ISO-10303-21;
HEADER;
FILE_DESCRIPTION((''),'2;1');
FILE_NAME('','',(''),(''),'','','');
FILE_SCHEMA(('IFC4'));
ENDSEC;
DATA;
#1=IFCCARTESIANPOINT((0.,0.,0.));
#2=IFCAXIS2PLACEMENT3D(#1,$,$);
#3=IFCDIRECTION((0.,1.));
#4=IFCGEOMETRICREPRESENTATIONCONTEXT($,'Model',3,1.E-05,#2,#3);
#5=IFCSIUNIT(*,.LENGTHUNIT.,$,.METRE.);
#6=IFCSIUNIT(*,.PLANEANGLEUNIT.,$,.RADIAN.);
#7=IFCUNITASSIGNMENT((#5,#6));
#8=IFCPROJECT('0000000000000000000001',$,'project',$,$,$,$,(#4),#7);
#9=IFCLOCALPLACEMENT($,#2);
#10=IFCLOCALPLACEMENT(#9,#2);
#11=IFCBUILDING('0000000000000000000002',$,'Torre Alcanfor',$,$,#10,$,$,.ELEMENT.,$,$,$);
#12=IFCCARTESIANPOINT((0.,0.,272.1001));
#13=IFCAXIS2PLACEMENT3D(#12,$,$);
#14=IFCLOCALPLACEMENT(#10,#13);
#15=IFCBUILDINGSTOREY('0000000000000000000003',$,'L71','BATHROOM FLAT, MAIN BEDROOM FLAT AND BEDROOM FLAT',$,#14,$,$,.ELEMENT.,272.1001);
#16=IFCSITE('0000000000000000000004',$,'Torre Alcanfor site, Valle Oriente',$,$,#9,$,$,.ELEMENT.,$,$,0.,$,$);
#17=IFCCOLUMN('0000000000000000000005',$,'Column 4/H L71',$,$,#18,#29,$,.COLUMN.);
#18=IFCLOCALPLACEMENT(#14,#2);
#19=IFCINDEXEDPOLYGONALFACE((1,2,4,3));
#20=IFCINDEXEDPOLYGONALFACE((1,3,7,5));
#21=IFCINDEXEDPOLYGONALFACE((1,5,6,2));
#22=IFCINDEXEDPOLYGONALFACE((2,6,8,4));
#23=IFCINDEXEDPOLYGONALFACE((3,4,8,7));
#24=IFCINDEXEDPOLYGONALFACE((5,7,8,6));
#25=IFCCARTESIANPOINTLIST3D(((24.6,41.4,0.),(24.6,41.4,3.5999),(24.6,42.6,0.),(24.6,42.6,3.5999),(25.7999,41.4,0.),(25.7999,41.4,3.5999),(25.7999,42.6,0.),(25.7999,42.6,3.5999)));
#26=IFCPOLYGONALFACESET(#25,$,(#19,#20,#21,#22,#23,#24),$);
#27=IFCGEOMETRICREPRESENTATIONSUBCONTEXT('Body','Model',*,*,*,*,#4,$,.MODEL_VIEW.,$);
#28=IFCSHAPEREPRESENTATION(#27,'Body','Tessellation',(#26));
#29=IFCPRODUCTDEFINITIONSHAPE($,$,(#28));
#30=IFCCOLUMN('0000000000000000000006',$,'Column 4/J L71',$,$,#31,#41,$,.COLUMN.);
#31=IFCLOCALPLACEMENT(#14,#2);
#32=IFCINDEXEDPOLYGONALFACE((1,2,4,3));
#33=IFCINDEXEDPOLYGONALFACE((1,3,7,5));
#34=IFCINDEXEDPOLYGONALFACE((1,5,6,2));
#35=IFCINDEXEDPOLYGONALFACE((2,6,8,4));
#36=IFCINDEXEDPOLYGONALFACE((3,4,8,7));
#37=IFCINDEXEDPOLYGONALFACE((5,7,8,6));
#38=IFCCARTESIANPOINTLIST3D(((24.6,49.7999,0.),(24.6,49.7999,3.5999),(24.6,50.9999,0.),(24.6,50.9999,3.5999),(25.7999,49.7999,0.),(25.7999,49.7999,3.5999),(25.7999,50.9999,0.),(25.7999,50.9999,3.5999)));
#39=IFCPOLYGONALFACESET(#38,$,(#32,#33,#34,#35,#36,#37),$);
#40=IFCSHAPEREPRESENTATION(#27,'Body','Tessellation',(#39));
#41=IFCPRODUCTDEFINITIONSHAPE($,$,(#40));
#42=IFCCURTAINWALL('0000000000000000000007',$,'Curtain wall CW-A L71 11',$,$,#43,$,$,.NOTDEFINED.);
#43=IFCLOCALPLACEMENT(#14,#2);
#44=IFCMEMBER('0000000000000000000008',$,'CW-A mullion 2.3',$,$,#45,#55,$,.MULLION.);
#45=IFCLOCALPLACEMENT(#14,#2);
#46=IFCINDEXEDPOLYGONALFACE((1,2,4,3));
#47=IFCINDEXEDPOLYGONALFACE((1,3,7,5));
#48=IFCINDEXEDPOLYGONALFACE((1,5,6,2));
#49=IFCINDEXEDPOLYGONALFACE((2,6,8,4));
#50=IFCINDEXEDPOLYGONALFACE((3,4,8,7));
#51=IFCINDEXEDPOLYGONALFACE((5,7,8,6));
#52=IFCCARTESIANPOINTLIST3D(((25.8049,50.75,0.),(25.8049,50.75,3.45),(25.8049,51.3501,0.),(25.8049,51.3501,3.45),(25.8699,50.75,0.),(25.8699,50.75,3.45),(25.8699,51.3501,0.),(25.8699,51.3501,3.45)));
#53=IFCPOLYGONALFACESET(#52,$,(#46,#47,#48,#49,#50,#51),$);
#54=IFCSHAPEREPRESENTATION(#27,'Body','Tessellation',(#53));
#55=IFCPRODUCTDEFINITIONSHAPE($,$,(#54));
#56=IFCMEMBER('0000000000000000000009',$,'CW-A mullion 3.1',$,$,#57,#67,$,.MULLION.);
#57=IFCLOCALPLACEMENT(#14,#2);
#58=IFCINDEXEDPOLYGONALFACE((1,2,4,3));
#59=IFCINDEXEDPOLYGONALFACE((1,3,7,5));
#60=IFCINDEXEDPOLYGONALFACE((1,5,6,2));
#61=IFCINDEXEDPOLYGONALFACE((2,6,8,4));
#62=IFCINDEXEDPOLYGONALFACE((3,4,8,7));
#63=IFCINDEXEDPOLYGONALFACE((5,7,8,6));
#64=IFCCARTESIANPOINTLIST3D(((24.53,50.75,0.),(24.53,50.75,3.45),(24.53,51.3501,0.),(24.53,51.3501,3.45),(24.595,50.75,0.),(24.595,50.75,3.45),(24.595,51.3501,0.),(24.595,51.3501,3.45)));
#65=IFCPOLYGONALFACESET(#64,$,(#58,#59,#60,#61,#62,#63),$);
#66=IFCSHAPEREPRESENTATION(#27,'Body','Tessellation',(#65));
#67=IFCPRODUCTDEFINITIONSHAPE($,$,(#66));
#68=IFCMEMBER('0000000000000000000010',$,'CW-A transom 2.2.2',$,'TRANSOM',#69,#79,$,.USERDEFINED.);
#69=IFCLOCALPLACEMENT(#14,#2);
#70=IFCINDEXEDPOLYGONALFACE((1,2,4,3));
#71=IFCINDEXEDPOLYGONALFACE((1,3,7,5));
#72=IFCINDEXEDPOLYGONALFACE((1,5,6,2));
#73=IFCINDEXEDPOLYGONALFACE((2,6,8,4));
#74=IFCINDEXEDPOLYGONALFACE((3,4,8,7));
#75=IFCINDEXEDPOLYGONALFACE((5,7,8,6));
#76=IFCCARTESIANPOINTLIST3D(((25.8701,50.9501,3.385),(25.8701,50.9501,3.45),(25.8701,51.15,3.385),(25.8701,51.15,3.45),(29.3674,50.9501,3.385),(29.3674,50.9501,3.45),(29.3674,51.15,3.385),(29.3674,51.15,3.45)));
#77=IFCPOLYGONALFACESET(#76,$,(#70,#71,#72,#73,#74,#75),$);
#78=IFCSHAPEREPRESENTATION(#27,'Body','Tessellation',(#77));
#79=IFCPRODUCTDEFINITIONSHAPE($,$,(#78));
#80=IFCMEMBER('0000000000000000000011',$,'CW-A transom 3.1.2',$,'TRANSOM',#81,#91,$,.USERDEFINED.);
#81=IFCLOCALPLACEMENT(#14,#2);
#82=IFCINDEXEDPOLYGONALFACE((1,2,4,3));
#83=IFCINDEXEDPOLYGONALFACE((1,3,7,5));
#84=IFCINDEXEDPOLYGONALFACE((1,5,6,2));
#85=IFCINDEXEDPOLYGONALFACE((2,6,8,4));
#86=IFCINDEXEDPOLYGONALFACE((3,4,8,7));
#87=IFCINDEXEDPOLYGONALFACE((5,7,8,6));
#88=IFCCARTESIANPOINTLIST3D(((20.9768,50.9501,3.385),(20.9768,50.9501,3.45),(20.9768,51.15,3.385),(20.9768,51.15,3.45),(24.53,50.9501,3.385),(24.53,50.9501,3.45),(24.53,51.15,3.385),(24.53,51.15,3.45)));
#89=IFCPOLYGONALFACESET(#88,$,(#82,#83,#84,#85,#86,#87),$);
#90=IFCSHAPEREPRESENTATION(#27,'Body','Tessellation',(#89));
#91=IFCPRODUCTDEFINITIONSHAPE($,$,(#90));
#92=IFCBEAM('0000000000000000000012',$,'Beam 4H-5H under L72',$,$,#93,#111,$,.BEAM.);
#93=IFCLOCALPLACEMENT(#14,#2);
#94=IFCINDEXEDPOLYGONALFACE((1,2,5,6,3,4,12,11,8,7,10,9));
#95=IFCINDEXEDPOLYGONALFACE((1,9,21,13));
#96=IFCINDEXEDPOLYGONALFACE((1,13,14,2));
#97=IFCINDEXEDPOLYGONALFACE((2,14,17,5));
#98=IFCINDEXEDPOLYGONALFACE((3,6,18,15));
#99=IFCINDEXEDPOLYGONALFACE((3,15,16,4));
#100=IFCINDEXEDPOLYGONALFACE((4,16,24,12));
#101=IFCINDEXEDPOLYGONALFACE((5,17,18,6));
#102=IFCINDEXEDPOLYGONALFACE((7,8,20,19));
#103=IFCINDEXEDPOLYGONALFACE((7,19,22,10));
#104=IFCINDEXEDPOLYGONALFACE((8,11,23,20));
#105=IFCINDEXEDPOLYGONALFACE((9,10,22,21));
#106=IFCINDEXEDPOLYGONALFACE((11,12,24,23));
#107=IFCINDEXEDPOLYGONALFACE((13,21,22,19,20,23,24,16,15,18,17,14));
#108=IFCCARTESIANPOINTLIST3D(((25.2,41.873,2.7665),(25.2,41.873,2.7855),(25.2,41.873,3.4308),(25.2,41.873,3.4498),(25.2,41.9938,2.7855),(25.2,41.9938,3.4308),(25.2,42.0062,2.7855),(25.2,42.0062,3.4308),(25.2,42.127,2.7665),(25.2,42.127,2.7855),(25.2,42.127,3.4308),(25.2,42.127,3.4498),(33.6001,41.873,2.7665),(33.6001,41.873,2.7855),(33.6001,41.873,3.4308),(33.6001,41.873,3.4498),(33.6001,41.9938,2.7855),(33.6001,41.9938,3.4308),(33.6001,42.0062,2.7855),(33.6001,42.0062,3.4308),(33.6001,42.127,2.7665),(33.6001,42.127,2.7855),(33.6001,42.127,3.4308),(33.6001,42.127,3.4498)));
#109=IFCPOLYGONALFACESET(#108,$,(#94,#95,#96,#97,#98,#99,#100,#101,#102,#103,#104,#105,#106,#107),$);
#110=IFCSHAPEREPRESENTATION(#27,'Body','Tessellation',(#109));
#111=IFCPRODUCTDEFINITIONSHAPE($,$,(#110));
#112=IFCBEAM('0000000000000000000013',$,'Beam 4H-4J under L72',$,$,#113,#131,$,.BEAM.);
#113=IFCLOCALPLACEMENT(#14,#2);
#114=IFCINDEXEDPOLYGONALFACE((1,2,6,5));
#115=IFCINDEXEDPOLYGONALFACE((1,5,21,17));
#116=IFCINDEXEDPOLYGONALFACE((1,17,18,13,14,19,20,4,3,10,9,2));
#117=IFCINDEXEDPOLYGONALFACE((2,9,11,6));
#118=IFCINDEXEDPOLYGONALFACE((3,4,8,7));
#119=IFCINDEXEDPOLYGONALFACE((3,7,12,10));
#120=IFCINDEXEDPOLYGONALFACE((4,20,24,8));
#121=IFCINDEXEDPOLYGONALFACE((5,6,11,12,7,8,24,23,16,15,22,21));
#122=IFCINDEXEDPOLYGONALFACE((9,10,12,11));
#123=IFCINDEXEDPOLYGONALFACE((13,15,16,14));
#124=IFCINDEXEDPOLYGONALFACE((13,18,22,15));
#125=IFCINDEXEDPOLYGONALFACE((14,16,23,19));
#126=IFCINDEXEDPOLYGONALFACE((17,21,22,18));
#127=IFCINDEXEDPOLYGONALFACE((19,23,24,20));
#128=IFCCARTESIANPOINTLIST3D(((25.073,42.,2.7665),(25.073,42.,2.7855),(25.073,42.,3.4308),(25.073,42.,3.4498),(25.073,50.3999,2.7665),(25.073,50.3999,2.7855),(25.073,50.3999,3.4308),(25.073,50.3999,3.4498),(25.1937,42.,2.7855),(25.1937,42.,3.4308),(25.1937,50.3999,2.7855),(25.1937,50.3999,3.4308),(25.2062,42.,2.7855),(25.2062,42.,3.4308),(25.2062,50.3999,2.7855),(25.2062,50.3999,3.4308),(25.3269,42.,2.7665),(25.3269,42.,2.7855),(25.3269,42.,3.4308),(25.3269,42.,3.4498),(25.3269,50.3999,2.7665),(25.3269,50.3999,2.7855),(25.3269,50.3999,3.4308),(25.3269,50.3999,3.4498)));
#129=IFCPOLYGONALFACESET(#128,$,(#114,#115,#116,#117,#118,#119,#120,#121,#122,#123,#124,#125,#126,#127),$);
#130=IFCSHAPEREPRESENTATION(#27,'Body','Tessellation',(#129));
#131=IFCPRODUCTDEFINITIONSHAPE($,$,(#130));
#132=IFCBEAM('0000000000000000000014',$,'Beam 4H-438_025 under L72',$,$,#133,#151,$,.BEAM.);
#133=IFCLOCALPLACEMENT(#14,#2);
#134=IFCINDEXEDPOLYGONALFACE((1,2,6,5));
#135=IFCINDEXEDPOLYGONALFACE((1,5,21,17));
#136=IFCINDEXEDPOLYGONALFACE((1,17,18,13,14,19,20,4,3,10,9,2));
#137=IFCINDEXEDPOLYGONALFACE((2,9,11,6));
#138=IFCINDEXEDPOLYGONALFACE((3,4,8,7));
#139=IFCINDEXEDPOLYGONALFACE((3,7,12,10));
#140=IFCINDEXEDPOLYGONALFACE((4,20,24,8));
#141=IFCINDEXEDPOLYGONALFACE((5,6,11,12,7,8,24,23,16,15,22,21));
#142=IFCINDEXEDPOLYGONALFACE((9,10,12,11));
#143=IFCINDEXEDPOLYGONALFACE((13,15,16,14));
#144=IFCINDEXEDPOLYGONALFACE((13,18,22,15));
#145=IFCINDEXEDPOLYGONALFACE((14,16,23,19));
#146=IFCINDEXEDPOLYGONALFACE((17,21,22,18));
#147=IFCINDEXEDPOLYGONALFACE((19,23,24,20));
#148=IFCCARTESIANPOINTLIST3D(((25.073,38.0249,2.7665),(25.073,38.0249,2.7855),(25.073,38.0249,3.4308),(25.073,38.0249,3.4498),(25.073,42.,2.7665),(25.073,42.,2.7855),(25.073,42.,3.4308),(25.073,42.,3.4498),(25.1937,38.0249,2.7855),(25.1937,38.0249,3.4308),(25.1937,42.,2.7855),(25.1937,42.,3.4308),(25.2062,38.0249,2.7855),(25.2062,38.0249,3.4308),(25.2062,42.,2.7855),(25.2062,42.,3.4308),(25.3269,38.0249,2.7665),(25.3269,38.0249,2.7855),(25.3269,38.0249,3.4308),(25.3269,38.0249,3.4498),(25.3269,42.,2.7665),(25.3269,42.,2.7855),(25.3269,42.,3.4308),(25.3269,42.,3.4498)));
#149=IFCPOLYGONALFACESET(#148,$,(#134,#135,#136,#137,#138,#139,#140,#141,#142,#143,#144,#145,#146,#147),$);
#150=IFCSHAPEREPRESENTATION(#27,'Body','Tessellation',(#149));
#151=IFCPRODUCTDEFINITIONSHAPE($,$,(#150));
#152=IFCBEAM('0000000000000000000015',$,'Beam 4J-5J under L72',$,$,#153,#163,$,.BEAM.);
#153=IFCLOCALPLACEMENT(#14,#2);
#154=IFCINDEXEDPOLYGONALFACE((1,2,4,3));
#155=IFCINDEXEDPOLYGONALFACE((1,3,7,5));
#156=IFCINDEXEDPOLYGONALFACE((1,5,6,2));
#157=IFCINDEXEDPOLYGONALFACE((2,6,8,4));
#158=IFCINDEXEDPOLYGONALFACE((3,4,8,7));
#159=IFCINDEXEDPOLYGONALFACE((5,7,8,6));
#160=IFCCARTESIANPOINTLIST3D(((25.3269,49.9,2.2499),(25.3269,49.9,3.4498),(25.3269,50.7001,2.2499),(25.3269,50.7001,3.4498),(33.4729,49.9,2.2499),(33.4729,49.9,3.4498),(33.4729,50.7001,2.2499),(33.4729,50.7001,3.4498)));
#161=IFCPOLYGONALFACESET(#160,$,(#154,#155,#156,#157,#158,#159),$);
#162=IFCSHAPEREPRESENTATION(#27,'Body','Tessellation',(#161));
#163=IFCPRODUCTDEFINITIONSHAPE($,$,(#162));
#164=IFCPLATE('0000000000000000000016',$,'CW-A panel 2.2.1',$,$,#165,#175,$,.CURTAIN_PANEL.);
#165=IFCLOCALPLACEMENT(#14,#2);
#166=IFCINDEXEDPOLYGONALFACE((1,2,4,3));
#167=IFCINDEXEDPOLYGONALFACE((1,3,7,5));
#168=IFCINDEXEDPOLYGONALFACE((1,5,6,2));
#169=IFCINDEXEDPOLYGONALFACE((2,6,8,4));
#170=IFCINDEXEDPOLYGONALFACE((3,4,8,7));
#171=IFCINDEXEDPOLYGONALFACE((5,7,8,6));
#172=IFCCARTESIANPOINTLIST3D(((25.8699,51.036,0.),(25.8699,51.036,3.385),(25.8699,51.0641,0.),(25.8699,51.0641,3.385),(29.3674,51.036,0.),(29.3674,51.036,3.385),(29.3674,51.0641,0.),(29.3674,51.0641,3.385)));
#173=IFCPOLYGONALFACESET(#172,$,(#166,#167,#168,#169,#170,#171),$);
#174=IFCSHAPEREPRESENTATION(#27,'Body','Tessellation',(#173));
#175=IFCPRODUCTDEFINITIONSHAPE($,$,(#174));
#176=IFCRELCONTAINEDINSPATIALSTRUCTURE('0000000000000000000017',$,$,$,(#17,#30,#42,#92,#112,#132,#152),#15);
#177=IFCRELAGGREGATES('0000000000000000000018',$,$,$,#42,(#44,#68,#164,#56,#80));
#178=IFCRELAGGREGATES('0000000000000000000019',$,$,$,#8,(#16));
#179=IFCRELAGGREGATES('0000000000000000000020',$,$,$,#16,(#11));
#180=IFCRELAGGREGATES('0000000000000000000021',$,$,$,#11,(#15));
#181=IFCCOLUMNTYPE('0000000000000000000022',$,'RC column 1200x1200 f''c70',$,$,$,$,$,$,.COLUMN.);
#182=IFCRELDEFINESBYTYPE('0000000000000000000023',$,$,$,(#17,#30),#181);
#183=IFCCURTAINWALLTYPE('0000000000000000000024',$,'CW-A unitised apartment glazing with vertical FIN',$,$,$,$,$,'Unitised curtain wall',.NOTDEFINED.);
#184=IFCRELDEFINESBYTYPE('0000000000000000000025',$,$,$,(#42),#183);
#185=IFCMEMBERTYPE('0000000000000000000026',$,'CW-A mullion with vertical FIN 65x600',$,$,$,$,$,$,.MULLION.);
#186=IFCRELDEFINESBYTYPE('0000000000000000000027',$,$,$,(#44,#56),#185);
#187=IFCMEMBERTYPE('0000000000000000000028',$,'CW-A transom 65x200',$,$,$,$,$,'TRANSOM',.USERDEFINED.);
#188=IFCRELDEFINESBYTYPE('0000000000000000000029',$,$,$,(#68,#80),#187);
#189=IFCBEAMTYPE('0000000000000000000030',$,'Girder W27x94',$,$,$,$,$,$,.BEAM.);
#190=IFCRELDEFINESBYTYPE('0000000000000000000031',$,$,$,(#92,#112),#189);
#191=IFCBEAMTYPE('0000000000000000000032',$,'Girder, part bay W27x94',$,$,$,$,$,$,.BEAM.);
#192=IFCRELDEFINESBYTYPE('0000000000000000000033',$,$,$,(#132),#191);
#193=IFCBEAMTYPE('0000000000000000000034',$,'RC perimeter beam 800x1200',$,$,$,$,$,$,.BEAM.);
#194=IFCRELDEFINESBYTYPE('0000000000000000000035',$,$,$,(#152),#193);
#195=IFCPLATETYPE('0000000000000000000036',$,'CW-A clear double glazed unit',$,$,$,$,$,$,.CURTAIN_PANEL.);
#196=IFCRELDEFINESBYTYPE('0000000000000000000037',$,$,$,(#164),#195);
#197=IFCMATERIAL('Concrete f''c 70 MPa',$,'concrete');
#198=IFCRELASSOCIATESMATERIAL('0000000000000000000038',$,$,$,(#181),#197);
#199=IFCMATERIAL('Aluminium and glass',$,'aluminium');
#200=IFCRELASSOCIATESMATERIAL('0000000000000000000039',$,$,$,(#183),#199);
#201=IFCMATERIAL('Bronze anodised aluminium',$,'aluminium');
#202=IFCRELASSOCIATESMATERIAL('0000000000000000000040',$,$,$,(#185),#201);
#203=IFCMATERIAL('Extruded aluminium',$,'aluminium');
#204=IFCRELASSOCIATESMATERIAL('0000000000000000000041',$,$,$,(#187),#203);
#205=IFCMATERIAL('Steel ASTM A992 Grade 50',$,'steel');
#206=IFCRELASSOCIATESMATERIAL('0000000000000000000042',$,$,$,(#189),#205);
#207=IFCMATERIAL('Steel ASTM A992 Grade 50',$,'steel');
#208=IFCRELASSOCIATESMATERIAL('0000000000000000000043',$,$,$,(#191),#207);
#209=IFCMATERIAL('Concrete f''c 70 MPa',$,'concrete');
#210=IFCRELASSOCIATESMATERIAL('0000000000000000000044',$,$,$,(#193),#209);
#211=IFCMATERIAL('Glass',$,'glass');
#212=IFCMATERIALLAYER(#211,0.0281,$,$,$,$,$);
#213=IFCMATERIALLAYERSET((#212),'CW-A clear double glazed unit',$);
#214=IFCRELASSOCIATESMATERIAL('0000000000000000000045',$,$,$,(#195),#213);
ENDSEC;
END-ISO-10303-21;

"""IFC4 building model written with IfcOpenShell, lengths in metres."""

from ifc_helpers import new_model, si_unit, direction, frame, origin, origin_2d, place, context, subcontext, project, spatial, rectangle, i_section, extrude, material, layer, layer_set, material_profile, profile_set, type_object, element, aggregate, save


model = new_model("IFC4")

# Units and contexts
model_context = context("Model", 3, precision=1e-05, world=origin(), true_north=direction((0.0, 1.0)))
body_context = subcontext(model_context, "Body", "Model", "MODEL_VIEW")
ifc_project = project(units=[si_unit("LENGTHUNIT", "METRE"), si_unit("PLANEANGLEUNIT", "RADIAN")], contexts=[model_context])

# Site, building, storey
site_placement = place(None, origin())
site = spatial("IfcSite", under=ifc_project, at=site_placement, Name="Torre Alcanfor site, Valle Oriente", CompositionType="ELEMENT", RefElevation=0.0)
building_placement = place(site_placement, origin())
building = spatial("IfcBuilding", under=site, at=building_placement, Name="Torre Alcanfor", CompositionType="ELEMENT")
storey_placement = place(building_placement, frame((0.0, 0.0, 272.1001)))
storey = spatial("IfcBuildingStorey", under=building, at=storey_placement, Name="L71", Description="BATHROOM FLAT, MAIN BEDROOM FLAT AND BEDROOM FLAT", CompositionType="ELEMENT", Elevation=272.1001)

# Columns
ifc_material_1 = material(Name="Concrete f'c 70 MPa", Category="concrete")
ifc_material_profile_1 = material_profile(ifc_material_1, rectangle(XDim=1.2, YDim=1.2, at=origin_2d()), Name="1200x1200")
ifc_profile_set_1 = profile_set([ifc_material_profile_1], Name="Concrete f'c 70 MPa")
column_type = type_object("IfcColumnType", Name="RC column 1200x1200 f'c70", PredefinedType="COLUMN", material=ifc_profile_set_1)
for number, where, z_axis, x_axis, name in (
    (1, (25.2, 42.0, 0.0), (0.0, 0.0, 1.0), (1.0, 0.0, 0.0), "Column 4/H L71"),
    (2, (25.2, 50.3999, 0.0), (0.0, 0.0, 1.0), (1.0, 0.0, 0.0), "Column 4/J L71"),
):
    element("IfcColumn", number, at=place(storey_placement, frame(where, z_axis=z_axis, x_axis=x_axis)), inside=storey, type_object=column_type, Name=name, PredefinedType="COLUMN", context=body_context, shape_type="SweptSolid", body=[
        extrude(rectangle(XDim=1.2, YDim=1.2, at=origin_2d()), origin(), (0.0, 0.0, 1.0), 3.5999),
    ])

# Curtain wall, members
ifc_material_2 = material(Name="Aluminium and glass", Category="aluminium")
curtain_wall_type = type_object("IfcCurtainWallType", Name="CW-A unitised apartment glazing with vertical FIN", ElementType="Unitised curtain wall", PredefinedType="NOTDEFINED", material=ifc_material_2)
curtain_wall_placement = place(storey_placement, origin())
curtain_wall = element("IfcCurtainWall", 3, at=curtain_wall_placement, inside=storey, type_object=curtain_wall_type, Name="Curtain wall CW-A L71 11", PredefinedType="NOTDEFINED")
ifc_material_3 = material(Name="Bronze anodised aluminium", Category="aluminium")
ifc_material_profile_2 = material_profile(ifc_material_3, rectangle(XDim=0.6001, YDim=0.0649, at=origin_2d()), Name="CW-A mullion 65x600")
ifc_profile_set_2 = profile_set([ifc_material_profile_2], Name="Bronze anodised aluminium")
member_type_1 = type_object("IfcMemberType", Name="CW-A mullion with vertical FIN 65x600", PredefinedType="MULLION", material=ifc_profile_set_2)
member_1_placement = place(storey_placement, frame((25.8374, 51.05, 0.0), z_axis=(0.0, 0.0, 1.0), x_axis=(0.0, -1.0, 0.0)))
member_1 = element("IfcMember", 4, at=member_1_placement, type_object=member_type_1, Name="CW-A mullion 2.3", PredefinedType="MULLION", context=body_context, shape_type="SweptSolid", body=[
    extrude(rectangle(XDim=0.6001, YDim=0.0649, at=origin_2d()), origin(), (0.0, 0.0, 1.0), 3.45),
])
member_2_placement = place(storey_placement, frame((24.5625, 51.05, 0.0), z_axis=(0.0, 0.0, 1.0), x_axis=(0.0, -1.0, 0.0)))
member_2 = element("IfcMember", 5, at=member_2_placement, type_object=member_type_1, Name="CW-A mullion 3.1", PredefinedType="MULLION", context=body_context, shape_type="SweptSolid", body=[
    extrude(rectangle(XDim=0.6001, YDim=0.0649, at=origin_2d()), origin(), (0.0, 0.0, 1.0), 3.45),
])
ifc_material_4 = material(Name="Extruded aluminium", Category="aluminium")
ifc_material_profile_3 = material_profile(ifc_material_4, rectangle(XDim=0.2, YDim=0.0649, at=origin_2d()), Name="CW-A transom 200x65")
ifc_profile_set_3 = profile_set([ifc_material_profile_3], Name="Extruded aluminium")
member_type_2 = type_object("IfcMemberType", Name="CW-A transom 65x200", ElementType="TRANSOM", PredefinedType="USERDEFINED", material=ifc_profile_set_3)
member_3_placement = place(storey_placement, frame((29.3674, 51.05, 3.4175), z_axis=(-1.0, 0.0, 0.0), x_axis=(0.0, -1.0, 0.0)))
member_3 = element("IfcMember", 6, at=member_3_placement, type_object=member_type_2, Name="CW-A transom 2.2.2", ObjectType="TRANSOM", PredefinedType="USERDEFINED", context=body_context, shape_type="SweptSolid", body=[
    extrude(rectangle(XDim=0.2, YDim=0.0649, at=origin_2d()), origin(), (0.0, 0.0, 1.0), 3.4973),
])
member_4_placement = place(storey_placement, frame((24.53, 51.05, 3.4175), z_axis=(-1.0, 0.0, 0.0), x_axis=(0.0, -1.0, 0.0)))
member_4 = element("IfcMember", 7, at=member_4_placement, type_object=member_type_2, Name="CW-A transom 3.1.2", ObjectType="TRANSOM", PredefinedType="USERDEFINED", context=body_context, shape_type="SweptSolid", body=[
    extrude(rectangle(XDim=0.2, YDim=0.0649, at=origin_2d()), origin(), (0.0, 0.0, 1.0), 3.5532),
])

# Beams
ifc_material_5 = material(Name="Steel ASTM A992 Grade 50", Category="steel")
ifc_material_profile_4 = material_profile(ifc_material_5, i_section(OverallWidth=0.2539, OverallDepth=0.6833, WebThickness=0.0125, FlangeThickness=0.019, at=origin_2d()), Name="W27x94")
ifc_profile_set_4 = profile_set([ifc_material_profile_4], Name="Steel ASTM A992 Grade 50")
beam_type_1 = type_object("IfcBeamType", Name="Girder W27x94", PredefinedType="BEAM", material=ifc_profile_set_4)
beam_1_placement = place(storey_placement, frame((25.2, 42.0, 3.1082), z_axis=(1.0, 0.0, 0.0), x_axis=(0.0, 1.0, 0.0)))
element("IfcBeam", 8, at=beam_1_placement, inside=storey, type_object=beam_type_1, Name="Beam 4H-5H under L72", PredefinedType="BEAM", context=body_context, shape_type="SweptSolid", body=[
    extrude(i_section(OverallWidth=0.2539, OverallDepth=0.6833, WebThickness=0.0125, FlangeThickness=0.019, at=origin_2d()), origin(), (0.0, 0.0, 1.0), 8.4001),
])
beam_2_placement = place(storey_placement, frame((25.2, 42.0, 3.1082), z_axis=(0.0, 1.0, 0.0), x_axis=(-1.0, 0.0, 0.0)))
element("IfcBeam", 9, at=beam_2_placement, inside=storey, type_object=beam_type_1, Name="Beam 4H-4J under L72", PredefinedType="BEAM", context=body_context, shape_type="SweptSolid", body=[
    extrude(i_section(OverallWidth=0.2539, OverallDepth=0.6833, WebThickness=0.0125, FlangeThickness=0.019, at=origin_2d()), origin(), (0.0, 0.0, 1.0), 8.3999),
])
ifc_material_6 = material(Name="Steel ASTM A992 Grade 50", Category="steel")
ifc_material_profile_5 = material_profile(ifc_material_6, i_section(OverallWidth=0.2539, OverallDepth=0.6833, WebThickness=0.0125, FlangeThickness=0.019, at=origin_2d()), Name="W27x94")
ifc_profile_set_5 = profile_set([ifc_material_profile_5], Name="Steel ASTM A992 Grade 50")
beam_type_2 = type_object("IfcBeamType", Name="Girder, part bay W27x94", PredefinedType="BEAM", material=ifc_profile_set_5)
beam_3_placement = place(storey_placement, frame((25.2, 42.0, 3.1082), z_axis=(0.0, -1.0, 0.0), x_axis=(1.0, 0.0, 0.0)))
element("IfcBeam", 10, at=beam_3_placement, inside=storey, type_object=beam_type_2, Name="Beam 4H-438_025 under L72", PredefinedType="BEAM", context=body_context, shape_type="SweptSolid", body=[
    extrude(i_section(OverallWidth=0.2539, OverallDepth=0.6833, WebThickness=0.0125, FlangeThickness=0.019, at=origin_2d()), origin(), (0.0, 0.0, 1.0), 3.9751),
])
ifc_material_7 = material(Name="Concrete f'c 70 MPa", Category="concrete")
ifc_material_profile_6 = material_profile(ifc_material_7, rectangle(XDim=0.8, YDim=1.2, at=origin_2d()), Name="800x1200")
ifc_profile_set_6 = profile_set([ifc_material_profile_6], Name="Concrete f'c 70 MPa")
beam_type_3 = type_object("IfcBeamType", Name="RC perimeter beam 800x1200", PredefinedType="BEAM", material=ifc_profile_set_6)
beam_4_placement = place(storey_placement, frame((25.3269, 50.3, 2.8499), z_axis=(1.0, 0.0, 0.0), x_axis=(0.0, 1.0, 0.0)))
element("IfcBeam", 11, at=beam_4_placement, inside=storey, type_object=beam_type_3, Name="Beam 4J-5J under L72", PredefinedType="BEAM", context=body_context, shape_type="SweptSolid", body=[
    extrude(rectangle(XDim=0.8, YDim=1.2, at=origin_2d()), origin(), (0.0, 0.0, 1.0), 8.146),
])

# Plate
ifc_material_8 = material(Name="Glass", Category="glass")
ifc_layer_1 = layer(ifc_material_8, 0.0281)
ifc_layer_set_1 = layer_set([ifc_layer_1], Name="CW-A clear double glazed unit")
plate_type = type_object("IfcPlateType", Name="CW-A clear double glazed unit", PredefinedType="CURTAIN_PANEL", material=ifc_layer_set_1)
plate_1_placement = place(storey_placement, frame((27.6187, 51.05, 0.0), z_axis=(0.0, 0.0, 1.0), x_axis=(-1.0, 0.0, 0.0)))
plate_1 = element("IfcPlate", 12, at=plate_1_placement, type_object=plate_type, Name="CW-A panel 2.2.1", PredefinedType="CURTAIN_PANEL", context=body_context, shape_type="SweptSolid", body=[
    extrude(rectangle(XDim=3.4976, YDim=0.0281, at=origin_2d()), origin(), (0.0, 0.0, 1.0), 3.385),
])
aggregate(curtain_wall, [member_1, member_3, plate_1, member_2, member_4])

save(model, "model.ifc")
